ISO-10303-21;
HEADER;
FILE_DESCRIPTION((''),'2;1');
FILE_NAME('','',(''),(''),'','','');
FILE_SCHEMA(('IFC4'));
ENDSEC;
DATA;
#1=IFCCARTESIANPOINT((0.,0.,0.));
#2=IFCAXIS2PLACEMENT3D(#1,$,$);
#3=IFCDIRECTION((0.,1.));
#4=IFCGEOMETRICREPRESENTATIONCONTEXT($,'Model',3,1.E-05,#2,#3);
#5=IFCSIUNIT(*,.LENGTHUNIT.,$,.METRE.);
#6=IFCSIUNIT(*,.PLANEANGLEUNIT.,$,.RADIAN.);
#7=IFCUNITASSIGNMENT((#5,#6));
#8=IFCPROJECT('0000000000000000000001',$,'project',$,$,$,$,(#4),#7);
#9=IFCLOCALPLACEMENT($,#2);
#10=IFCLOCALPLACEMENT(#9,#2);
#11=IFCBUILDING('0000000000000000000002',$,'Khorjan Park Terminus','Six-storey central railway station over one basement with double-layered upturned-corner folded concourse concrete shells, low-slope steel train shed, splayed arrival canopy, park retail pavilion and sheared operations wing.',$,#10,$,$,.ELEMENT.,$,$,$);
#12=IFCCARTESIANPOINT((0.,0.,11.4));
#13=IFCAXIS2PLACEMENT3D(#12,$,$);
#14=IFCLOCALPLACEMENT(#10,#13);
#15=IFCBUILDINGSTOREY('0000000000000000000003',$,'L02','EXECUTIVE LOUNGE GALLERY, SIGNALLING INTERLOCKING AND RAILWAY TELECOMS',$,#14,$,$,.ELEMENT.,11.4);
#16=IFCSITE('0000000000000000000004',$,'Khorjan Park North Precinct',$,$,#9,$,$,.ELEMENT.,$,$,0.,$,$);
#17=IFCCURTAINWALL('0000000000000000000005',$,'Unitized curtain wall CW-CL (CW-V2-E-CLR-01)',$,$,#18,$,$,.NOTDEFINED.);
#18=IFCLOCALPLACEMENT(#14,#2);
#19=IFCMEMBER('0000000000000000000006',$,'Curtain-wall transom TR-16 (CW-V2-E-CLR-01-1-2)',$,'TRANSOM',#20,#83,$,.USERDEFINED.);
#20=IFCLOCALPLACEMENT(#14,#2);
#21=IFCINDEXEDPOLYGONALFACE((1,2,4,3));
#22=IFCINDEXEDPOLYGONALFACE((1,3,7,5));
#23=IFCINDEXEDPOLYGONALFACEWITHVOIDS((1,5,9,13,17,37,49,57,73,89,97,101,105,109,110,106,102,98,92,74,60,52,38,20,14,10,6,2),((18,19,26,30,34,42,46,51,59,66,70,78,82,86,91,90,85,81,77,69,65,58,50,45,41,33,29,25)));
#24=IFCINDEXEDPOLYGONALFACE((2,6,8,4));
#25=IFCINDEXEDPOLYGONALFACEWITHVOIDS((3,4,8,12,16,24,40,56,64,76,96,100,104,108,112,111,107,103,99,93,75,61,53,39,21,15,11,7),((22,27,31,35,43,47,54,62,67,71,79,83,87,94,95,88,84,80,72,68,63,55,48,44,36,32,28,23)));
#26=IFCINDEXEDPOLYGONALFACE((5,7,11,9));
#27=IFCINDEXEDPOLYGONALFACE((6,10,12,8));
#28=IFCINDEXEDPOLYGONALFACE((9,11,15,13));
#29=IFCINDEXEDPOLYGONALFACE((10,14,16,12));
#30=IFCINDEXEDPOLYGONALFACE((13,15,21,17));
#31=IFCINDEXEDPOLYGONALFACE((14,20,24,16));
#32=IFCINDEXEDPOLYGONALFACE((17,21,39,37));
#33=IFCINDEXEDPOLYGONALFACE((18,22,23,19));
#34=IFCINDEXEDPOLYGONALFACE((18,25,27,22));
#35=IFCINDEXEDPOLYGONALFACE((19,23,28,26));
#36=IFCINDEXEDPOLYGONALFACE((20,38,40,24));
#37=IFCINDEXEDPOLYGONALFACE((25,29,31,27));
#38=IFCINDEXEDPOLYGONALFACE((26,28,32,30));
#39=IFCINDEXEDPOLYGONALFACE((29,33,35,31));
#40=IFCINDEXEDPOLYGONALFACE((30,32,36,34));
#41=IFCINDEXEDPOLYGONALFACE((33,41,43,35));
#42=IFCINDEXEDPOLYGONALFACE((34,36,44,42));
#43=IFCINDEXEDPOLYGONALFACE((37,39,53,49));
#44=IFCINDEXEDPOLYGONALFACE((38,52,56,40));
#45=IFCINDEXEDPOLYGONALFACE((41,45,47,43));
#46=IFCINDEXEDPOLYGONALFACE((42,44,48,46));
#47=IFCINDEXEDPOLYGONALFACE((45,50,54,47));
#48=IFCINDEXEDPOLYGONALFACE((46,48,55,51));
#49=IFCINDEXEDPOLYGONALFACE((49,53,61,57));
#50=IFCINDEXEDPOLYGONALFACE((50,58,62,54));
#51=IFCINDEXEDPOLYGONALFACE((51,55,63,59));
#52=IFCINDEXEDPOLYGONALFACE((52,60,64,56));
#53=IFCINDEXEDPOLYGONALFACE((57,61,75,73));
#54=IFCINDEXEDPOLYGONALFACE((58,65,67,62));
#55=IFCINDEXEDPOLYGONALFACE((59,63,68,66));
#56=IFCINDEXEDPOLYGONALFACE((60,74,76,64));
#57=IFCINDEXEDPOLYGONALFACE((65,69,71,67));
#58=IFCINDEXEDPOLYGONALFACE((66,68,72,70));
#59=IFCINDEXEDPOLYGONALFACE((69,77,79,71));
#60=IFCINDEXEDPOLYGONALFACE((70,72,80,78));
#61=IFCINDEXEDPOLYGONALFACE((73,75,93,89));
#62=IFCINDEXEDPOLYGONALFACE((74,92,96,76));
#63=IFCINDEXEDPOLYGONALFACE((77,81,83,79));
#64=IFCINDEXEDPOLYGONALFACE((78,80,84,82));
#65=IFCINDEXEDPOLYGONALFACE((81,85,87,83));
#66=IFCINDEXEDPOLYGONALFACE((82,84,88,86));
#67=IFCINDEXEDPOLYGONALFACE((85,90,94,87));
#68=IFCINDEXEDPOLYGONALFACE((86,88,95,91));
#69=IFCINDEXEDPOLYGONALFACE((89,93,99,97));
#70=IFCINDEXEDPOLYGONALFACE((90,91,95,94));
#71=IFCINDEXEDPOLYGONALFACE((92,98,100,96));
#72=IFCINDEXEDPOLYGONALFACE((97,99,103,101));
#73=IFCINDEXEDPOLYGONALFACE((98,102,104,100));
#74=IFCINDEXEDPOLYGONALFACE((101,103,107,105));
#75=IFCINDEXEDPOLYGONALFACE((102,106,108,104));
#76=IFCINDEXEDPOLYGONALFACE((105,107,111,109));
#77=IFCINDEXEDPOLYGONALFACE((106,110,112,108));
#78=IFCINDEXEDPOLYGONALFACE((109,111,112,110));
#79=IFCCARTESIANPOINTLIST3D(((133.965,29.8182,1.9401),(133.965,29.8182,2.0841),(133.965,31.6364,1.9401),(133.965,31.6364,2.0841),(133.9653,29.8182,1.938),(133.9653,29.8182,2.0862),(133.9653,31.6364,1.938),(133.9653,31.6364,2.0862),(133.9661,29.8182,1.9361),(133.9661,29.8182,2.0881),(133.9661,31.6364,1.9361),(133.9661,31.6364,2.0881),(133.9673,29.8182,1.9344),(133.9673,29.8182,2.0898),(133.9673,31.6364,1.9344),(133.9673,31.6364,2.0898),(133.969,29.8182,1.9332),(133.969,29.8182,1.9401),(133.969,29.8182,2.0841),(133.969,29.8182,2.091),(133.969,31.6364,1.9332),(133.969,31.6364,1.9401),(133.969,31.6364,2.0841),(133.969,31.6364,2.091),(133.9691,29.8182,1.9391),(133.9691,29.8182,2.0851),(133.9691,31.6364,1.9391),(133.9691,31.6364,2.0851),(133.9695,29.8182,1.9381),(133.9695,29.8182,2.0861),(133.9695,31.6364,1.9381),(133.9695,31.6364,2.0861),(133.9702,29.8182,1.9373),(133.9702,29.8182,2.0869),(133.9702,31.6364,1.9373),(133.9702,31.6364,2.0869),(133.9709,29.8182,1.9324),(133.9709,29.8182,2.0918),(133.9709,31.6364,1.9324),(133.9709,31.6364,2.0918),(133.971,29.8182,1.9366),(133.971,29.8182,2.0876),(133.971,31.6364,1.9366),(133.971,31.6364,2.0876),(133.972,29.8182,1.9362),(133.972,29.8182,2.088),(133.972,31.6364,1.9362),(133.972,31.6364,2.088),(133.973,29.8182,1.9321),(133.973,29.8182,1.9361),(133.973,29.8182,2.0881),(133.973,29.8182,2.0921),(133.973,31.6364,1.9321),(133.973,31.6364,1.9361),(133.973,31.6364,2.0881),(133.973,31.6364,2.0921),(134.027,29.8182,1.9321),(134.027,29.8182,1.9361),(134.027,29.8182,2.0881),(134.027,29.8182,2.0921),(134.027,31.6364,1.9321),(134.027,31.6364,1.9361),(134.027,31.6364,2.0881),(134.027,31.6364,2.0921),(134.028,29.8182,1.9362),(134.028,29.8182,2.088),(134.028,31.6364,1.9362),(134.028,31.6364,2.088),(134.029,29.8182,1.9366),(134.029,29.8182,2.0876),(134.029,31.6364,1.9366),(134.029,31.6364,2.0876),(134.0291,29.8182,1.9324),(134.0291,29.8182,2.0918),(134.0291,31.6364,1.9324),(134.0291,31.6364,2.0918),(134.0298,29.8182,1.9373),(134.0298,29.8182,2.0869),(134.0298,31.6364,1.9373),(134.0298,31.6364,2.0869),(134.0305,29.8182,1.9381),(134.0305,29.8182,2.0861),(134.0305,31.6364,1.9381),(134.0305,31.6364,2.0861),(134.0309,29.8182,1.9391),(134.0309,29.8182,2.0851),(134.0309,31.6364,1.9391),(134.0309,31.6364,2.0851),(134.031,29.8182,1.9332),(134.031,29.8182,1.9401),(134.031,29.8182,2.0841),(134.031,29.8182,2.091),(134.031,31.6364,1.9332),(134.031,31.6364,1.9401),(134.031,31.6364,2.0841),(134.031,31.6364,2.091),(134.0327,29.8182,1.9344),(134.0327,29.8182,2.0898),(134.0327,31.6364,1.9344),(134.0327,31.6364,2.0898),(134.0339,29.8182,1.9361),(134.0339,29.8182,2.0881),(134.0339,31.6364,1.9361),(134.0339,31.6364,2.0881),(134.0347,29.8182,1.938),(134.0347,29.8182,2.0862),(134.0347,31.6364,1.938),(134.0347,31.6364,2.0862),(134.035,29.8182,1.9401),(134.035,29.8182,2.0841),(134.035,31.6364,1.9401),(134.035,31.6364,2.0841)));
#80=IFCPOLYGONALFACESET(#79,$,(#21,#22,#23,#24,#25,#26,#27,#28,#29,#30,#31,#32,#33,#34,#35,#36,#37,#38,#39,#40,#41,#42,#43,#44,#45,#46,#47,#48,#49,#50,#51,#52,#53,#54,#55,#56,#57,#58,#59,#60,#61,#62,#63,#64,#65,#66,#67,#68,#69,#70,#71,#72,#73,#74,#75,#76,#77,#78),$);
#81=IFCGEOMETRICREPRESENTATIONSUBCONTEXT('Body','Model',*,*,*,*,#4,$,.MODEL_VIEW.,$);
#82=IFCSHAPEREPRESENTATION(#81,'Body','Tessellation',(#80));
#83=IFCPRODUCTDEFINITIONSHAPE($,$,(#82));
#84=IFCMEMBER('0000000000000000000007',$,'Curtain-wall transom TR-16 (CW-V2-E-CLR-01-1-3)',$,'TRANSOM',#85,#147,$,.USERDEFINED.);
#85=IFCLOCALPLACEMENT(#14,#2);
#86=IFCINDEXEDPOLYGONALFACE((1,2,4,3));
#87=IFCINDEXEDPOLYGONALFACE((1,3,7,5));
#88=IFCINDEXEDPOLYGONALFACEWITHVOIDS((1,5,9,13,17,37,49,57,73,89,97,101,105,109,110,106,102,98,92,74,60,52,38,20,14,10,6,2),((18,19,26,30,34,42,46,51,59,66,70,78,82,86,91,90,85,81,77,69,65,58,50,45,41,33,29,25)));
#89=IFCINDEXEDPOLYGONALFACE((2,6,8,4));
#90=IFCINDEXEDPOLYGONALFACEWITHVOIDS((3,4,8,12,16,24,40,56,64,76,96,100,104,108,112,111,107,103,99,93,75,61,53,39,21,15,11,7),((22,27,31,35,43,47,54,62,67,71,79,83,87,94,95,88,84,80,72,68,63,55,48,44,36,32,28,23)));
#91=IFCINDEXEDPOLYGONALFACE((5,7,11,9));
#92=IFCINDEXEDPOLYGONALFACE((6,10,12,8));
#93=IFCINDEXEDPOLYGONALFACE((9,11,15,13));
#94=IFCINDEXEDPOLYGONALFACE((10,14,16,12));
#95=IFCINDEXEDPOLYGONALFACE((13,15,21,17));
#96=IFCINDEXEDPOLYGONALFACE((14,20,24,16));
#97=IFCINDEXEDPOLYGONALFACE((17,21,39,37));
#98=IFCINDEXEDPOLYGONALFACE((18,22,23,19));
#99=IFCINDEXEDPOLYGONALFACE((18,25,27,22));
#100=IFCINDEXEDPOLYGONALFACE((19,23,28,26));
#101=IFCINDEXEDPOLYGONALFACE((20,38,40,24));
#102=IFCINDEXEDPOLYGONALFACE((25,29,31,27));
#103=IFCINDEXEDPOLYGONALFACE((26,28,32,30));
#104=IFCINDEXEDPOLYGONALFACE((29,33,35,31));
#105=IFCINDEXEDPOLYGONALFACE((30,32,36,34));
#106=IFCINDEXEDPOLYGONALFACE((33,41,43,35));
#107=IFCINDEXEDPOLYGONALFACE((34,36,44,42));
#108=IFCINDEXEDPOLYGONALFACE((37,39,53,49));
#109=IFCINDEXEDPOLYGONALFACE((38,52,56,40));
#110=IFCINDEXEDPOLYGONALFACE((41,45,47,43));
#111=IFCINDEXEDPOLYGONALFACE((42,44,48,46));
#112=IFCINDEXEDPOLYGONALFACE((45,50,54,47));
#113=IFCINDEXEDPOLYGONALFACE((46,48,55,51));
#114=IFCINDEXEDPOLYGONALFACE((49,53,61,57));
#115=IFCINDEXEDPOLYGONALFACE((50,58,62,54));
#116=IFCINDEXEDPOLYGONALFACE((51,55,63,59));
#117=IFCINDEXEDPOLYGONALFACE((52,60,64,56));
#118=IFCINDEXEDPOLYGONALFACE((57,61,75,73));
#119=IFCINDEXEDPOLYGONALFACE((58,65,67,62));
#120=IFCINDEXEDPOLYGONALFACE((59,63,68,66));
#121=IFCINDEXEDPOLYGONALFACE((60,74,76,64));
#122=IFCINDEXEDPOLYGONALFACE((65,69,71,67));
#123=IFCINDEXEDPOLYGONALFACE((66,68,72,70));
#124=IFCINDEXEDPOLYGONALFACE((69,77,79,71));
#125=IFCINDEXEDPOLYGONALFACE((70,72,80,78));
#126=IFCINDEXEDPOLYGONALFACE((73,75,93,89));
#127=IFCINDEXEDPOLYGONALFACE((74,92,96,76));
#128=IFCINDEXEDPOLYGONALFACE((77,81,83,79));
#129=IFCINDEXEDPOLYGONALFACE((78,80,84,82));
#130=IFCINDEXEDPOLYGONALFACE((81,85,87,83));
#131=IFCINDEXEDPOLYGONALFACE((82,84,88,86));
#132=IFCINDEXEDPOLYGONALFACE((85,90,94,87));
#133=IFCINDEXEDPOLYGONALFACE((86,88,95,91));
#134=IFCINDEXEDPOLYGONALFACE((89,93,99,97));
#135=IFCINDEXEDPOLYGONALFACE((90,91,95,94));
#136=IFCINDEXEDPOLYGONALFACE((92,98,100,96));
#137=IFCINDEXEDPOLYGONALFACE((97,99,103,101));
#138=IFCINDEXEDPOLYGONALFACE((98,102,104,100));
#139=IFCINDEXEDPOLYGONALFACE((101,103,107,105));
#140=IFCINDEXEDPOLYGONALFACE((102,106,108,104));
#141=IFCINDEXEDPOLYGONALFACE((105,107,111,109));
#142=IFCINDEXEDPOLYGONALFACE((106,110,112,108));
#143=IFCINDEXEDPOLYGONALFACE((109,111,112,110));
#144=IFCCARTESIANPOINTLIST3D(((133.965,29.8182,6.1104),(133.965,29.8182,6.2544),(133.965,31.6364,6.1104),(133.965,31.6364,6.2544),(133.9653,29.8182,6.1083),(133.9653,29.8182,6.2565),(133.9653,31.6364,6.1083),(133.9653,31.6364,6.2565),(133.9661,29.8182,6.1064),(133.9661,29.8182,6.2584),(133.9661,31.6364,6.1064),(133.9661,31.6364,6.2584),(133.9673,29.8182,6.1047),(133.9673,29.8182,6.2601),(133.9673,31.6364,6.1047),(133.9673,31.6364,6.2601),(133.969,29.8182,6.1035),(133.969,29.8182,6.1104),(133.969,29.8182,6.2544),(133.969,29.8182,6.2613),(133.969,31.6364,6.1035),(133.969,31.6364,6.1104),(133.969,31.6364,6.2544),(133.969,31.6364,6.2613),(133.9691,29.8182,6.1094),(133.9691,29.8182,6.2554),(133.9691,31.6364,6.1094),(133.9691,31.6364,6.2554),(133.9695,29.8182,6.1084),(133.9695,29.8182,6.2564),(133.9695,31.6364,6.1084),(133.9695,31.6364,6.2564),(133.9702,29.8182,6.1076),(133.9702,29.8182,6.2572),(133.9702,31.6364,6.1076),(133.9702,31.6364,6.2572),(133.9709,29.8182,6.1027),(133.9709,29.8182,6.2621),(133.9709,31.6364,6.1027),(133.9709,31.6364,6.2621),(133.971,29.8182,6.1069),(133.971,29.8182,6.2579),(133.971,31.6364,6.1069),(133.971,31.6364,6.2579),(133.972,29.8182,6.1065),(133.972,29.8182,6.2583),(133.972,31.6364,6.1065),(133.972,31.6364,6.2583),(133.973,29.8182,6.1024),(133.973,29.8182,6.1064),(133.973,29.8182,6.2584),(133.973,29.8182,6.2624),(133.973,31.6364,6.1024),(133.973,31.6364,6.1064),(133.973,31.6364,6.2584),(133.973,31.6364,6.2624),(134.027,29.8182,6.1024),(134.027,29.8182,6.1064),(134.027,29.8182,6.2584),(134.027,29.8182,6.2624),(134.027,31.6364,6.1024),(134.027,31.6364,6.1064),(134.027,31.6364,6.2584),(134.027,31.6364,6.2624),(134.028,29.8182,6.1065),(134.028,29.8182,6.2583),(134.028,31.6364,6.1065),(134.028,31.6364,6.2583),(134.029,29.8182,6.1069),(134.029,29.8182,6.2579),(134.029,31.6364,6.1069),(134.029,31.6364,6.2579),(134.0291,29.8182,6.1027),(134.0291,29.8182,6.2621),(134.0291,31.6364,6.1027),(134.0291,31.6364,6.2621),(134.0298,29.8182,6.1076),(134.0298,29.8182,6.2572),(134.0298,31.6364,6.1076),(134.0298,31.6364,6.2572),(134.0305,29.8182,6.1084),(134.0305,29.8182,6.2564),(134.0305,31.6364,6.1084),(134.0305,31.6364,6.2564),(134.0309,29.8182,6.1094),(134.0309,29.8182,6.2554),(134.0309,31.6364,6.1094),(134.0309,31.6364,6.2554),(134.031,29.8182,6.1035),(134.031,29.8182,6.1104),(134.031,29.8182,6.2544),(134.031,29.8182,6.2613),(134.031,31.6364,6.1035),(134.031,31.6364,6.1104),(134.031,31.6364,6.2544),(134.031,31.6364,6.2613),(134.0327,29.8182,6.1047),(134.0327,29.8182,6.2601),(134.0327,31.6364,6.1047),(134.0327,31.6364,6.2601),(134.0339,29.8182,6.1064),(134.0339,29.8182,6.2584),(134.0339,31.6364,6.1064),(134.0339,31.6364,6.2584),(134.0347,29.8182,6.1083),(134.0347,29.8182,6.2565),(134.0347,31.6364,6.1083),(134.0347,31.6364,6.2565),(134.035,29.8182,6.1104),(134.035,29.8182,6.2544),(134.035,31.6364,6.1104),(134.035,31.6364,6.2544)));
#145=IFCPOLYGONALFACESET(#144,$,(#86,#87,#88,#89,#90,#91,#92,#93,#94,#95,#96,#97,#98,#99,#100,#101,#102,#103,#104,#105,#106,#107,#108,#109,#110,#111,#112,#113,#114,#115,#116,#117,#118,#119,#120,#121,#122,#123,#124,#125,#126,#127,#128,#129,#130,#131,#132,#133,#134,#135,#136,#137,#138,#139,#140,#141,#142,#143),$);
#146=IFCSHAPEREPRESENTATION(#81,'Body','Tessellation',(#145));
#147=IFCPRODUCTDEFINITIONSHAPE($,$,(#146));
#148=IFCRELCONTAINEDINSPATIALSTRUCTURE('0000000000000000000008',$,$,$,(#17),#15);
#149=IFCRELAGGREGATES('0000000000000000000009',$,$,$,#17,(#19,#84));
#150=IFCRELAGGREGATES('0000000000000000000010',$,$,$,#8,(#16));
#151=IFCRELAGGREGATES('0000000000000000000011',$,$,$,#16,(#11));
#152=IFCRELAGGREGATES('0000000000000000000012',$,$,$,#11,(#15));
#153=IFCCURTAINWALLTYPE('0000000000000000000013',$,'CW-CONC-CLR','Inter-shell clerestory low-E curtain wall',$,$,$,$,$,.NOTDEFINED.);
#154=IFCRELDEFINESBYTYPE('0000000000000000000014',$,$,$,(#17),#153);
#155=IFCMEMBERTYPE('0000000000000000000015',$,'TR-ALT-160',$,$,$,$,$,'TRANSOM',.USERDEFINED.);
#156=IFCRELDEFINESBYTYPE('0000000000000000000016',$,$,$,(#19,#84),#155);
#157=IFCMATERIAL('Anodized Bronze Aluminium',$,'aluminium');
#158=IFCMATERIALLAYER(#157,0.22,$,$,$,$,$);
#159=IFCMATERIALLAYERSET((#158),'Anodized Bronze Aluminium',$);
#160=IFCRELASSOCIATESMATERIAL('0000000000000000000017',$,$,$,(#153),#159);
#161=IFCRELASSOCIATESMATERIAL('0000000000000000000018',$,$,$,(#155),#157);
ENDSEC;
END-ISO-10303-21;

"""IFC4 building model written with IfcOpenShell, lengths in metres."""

from ifc_helpers import new_model, si_unit, direction, frame, origin, origin_2d, place, context, subcontext, project, spatial, hollow_rectangle, extrude, material, layer, layer_set, material_profile, profile_set, type_object, element, aggregate, save


model = new_model("IFC4")

# Units and contexts
model_context = context("Model", 3, precision=1e-05, world=origin(), true_north=direction((0.0, 1.0)))
body_context = subcontext(model_context, "Body", "Model", "MODEL_VIEW")
ifc_project = project(units=[si_unit("LENGTHUNIT", "METRE"), si_unit("PLANEANGLEUNIT", "RADIAN")], contexts=[model_context])

# Site, building, storey
site_placement = place(None, origin())
site = spatial("IfcSite", under=ifc_project, at=site_placement, Name="Khorjan Park North Precinct", CompositionType="ELEMENT", RefElevation=0.0)
building_placement = place(site_placement, origin())
building = spatial("IfcBuilding", under=site, at=building_placement, Name="Khorjan Park Terminus", Description="Six-storey central railway station over one basement with double-layered upturned-corner folded concourse concrete shells, low-slope steel train shed, splayed arrival canopy, park retail pavilion and sheared operations wing.", CompositionType="ELEMENT")
storey_placement = place(building_placement, frame((0.0, 0.0, 11.4)))
storey = spatial("IfcBuildingStorey", under=building, at=storey_placement, Name="L02", Description="EXECUTIVE LOUNGE GALLERY, SIGNALLING INTERLOCKING AND RAILWAY TELECOMS", CompositionType="ELEMENT", Elevation=11.4)

# Curtain wall, members
ifc_material_1 = material(Name="Anodized Bronze Aluminium", Category="aluminium")
ifc_layer_1 = layer(ifc_material_1, 0.22)
ifc_layer_set_1 = layer_set([ifc_layer_1], Name="Anodized Bronze Aluminium")
curtain_wall_type = type_object("IfcCurtainWallType", Name="CW-CONC-CLR", Description="Inter-shell clerestory low-E curtain wall", PredefinedType="NOTDEFINED", material=ifc_layer_set_1)
curtain_wall_placement = place(storey_placement, origin())
curtain_wall = element("IfcCurtainWall", 1, at=curtain_wall_placement, inside=storey, type_object=curtain_wall_type, Name="Unitized curtain wall CW-CL (CW-V2-E-CLR-01)", PredefinedType="NOTDEFINED")
ifc_material_profile_1 = material_profile(ifc_material_1, hollow_rectangle(XDim=0.07, YDim=0.16, WallThickness=0.004, InnerFilletRadius=0.004, OuterFilletRadius=0.008, at=origin_2d()), Name="ALT 70x160x4")
ifc_profile_set_1 = profile_set([ifc_material_profile_1], Name="Anodized Bronze Aluminium")
member_type_1 = type_object("IfcMemberType", Name="TR-ALT-160", ElementType="TRANSOM", PredefinedType="USERDEFINED", material=ifc_profile_set_1)
member_1_placement = place(storey_placement, frame((134.0, 29.8182, 2.0121), z_axis=(0.0, 1.0, 0.0), x_axis=(-1.0, 0.0, 0.0)))
member_1 = element("IfcMember", 2, at=member_1_placement, type_object=member_type_1, Name="Curtain-wall transom TR-16 (CW-V2-E-CLR-01-1-2)", ObjectType="TRANSOM", PredefinedType="USERDEFINED", context=body_context, shape_type="SweptSolid", body=[
    extrude(hollow_rectangle(XDim=0.07, YDim=0.16, WallThickness=0.004, InnerFilletRadius=0.004, OuterFilletRadius=0.008, at=origin_2d()), origin(), (0.0, 0.0, 1.0), 1.8182),
])
member_2_placement = place(storey_placement, frame((134.0, 29.8182, 6.1824), z_axis=(0.0, 1.0, 0.0), x_axis=(-1.0, 0.0, 0.0)))
member_2 = element("IfcMember", 3, at=member_2_placement, type_object=member_type_1, Name="Curtain-wall transom TR-16 (CW-V2-E-CLR-01-1-3)", ObjectType="TRANSOM", PredefinedType="USERDEFINED", context=body_context, shape_type="SweptSolid", body=[
    extrude(hollow_rectangle(XDim=0.07, YDim=0.16, WallThickness=0.004, InnerFilletRadius=0.004, OuterFilletRadius=0.008, at=origin_2d()), origin(), (0.0, 0.0, 1.0), 1.8182),
])
aggregate(curtain_wall, [member_1, member_2])

save(model, "model.ifc")
